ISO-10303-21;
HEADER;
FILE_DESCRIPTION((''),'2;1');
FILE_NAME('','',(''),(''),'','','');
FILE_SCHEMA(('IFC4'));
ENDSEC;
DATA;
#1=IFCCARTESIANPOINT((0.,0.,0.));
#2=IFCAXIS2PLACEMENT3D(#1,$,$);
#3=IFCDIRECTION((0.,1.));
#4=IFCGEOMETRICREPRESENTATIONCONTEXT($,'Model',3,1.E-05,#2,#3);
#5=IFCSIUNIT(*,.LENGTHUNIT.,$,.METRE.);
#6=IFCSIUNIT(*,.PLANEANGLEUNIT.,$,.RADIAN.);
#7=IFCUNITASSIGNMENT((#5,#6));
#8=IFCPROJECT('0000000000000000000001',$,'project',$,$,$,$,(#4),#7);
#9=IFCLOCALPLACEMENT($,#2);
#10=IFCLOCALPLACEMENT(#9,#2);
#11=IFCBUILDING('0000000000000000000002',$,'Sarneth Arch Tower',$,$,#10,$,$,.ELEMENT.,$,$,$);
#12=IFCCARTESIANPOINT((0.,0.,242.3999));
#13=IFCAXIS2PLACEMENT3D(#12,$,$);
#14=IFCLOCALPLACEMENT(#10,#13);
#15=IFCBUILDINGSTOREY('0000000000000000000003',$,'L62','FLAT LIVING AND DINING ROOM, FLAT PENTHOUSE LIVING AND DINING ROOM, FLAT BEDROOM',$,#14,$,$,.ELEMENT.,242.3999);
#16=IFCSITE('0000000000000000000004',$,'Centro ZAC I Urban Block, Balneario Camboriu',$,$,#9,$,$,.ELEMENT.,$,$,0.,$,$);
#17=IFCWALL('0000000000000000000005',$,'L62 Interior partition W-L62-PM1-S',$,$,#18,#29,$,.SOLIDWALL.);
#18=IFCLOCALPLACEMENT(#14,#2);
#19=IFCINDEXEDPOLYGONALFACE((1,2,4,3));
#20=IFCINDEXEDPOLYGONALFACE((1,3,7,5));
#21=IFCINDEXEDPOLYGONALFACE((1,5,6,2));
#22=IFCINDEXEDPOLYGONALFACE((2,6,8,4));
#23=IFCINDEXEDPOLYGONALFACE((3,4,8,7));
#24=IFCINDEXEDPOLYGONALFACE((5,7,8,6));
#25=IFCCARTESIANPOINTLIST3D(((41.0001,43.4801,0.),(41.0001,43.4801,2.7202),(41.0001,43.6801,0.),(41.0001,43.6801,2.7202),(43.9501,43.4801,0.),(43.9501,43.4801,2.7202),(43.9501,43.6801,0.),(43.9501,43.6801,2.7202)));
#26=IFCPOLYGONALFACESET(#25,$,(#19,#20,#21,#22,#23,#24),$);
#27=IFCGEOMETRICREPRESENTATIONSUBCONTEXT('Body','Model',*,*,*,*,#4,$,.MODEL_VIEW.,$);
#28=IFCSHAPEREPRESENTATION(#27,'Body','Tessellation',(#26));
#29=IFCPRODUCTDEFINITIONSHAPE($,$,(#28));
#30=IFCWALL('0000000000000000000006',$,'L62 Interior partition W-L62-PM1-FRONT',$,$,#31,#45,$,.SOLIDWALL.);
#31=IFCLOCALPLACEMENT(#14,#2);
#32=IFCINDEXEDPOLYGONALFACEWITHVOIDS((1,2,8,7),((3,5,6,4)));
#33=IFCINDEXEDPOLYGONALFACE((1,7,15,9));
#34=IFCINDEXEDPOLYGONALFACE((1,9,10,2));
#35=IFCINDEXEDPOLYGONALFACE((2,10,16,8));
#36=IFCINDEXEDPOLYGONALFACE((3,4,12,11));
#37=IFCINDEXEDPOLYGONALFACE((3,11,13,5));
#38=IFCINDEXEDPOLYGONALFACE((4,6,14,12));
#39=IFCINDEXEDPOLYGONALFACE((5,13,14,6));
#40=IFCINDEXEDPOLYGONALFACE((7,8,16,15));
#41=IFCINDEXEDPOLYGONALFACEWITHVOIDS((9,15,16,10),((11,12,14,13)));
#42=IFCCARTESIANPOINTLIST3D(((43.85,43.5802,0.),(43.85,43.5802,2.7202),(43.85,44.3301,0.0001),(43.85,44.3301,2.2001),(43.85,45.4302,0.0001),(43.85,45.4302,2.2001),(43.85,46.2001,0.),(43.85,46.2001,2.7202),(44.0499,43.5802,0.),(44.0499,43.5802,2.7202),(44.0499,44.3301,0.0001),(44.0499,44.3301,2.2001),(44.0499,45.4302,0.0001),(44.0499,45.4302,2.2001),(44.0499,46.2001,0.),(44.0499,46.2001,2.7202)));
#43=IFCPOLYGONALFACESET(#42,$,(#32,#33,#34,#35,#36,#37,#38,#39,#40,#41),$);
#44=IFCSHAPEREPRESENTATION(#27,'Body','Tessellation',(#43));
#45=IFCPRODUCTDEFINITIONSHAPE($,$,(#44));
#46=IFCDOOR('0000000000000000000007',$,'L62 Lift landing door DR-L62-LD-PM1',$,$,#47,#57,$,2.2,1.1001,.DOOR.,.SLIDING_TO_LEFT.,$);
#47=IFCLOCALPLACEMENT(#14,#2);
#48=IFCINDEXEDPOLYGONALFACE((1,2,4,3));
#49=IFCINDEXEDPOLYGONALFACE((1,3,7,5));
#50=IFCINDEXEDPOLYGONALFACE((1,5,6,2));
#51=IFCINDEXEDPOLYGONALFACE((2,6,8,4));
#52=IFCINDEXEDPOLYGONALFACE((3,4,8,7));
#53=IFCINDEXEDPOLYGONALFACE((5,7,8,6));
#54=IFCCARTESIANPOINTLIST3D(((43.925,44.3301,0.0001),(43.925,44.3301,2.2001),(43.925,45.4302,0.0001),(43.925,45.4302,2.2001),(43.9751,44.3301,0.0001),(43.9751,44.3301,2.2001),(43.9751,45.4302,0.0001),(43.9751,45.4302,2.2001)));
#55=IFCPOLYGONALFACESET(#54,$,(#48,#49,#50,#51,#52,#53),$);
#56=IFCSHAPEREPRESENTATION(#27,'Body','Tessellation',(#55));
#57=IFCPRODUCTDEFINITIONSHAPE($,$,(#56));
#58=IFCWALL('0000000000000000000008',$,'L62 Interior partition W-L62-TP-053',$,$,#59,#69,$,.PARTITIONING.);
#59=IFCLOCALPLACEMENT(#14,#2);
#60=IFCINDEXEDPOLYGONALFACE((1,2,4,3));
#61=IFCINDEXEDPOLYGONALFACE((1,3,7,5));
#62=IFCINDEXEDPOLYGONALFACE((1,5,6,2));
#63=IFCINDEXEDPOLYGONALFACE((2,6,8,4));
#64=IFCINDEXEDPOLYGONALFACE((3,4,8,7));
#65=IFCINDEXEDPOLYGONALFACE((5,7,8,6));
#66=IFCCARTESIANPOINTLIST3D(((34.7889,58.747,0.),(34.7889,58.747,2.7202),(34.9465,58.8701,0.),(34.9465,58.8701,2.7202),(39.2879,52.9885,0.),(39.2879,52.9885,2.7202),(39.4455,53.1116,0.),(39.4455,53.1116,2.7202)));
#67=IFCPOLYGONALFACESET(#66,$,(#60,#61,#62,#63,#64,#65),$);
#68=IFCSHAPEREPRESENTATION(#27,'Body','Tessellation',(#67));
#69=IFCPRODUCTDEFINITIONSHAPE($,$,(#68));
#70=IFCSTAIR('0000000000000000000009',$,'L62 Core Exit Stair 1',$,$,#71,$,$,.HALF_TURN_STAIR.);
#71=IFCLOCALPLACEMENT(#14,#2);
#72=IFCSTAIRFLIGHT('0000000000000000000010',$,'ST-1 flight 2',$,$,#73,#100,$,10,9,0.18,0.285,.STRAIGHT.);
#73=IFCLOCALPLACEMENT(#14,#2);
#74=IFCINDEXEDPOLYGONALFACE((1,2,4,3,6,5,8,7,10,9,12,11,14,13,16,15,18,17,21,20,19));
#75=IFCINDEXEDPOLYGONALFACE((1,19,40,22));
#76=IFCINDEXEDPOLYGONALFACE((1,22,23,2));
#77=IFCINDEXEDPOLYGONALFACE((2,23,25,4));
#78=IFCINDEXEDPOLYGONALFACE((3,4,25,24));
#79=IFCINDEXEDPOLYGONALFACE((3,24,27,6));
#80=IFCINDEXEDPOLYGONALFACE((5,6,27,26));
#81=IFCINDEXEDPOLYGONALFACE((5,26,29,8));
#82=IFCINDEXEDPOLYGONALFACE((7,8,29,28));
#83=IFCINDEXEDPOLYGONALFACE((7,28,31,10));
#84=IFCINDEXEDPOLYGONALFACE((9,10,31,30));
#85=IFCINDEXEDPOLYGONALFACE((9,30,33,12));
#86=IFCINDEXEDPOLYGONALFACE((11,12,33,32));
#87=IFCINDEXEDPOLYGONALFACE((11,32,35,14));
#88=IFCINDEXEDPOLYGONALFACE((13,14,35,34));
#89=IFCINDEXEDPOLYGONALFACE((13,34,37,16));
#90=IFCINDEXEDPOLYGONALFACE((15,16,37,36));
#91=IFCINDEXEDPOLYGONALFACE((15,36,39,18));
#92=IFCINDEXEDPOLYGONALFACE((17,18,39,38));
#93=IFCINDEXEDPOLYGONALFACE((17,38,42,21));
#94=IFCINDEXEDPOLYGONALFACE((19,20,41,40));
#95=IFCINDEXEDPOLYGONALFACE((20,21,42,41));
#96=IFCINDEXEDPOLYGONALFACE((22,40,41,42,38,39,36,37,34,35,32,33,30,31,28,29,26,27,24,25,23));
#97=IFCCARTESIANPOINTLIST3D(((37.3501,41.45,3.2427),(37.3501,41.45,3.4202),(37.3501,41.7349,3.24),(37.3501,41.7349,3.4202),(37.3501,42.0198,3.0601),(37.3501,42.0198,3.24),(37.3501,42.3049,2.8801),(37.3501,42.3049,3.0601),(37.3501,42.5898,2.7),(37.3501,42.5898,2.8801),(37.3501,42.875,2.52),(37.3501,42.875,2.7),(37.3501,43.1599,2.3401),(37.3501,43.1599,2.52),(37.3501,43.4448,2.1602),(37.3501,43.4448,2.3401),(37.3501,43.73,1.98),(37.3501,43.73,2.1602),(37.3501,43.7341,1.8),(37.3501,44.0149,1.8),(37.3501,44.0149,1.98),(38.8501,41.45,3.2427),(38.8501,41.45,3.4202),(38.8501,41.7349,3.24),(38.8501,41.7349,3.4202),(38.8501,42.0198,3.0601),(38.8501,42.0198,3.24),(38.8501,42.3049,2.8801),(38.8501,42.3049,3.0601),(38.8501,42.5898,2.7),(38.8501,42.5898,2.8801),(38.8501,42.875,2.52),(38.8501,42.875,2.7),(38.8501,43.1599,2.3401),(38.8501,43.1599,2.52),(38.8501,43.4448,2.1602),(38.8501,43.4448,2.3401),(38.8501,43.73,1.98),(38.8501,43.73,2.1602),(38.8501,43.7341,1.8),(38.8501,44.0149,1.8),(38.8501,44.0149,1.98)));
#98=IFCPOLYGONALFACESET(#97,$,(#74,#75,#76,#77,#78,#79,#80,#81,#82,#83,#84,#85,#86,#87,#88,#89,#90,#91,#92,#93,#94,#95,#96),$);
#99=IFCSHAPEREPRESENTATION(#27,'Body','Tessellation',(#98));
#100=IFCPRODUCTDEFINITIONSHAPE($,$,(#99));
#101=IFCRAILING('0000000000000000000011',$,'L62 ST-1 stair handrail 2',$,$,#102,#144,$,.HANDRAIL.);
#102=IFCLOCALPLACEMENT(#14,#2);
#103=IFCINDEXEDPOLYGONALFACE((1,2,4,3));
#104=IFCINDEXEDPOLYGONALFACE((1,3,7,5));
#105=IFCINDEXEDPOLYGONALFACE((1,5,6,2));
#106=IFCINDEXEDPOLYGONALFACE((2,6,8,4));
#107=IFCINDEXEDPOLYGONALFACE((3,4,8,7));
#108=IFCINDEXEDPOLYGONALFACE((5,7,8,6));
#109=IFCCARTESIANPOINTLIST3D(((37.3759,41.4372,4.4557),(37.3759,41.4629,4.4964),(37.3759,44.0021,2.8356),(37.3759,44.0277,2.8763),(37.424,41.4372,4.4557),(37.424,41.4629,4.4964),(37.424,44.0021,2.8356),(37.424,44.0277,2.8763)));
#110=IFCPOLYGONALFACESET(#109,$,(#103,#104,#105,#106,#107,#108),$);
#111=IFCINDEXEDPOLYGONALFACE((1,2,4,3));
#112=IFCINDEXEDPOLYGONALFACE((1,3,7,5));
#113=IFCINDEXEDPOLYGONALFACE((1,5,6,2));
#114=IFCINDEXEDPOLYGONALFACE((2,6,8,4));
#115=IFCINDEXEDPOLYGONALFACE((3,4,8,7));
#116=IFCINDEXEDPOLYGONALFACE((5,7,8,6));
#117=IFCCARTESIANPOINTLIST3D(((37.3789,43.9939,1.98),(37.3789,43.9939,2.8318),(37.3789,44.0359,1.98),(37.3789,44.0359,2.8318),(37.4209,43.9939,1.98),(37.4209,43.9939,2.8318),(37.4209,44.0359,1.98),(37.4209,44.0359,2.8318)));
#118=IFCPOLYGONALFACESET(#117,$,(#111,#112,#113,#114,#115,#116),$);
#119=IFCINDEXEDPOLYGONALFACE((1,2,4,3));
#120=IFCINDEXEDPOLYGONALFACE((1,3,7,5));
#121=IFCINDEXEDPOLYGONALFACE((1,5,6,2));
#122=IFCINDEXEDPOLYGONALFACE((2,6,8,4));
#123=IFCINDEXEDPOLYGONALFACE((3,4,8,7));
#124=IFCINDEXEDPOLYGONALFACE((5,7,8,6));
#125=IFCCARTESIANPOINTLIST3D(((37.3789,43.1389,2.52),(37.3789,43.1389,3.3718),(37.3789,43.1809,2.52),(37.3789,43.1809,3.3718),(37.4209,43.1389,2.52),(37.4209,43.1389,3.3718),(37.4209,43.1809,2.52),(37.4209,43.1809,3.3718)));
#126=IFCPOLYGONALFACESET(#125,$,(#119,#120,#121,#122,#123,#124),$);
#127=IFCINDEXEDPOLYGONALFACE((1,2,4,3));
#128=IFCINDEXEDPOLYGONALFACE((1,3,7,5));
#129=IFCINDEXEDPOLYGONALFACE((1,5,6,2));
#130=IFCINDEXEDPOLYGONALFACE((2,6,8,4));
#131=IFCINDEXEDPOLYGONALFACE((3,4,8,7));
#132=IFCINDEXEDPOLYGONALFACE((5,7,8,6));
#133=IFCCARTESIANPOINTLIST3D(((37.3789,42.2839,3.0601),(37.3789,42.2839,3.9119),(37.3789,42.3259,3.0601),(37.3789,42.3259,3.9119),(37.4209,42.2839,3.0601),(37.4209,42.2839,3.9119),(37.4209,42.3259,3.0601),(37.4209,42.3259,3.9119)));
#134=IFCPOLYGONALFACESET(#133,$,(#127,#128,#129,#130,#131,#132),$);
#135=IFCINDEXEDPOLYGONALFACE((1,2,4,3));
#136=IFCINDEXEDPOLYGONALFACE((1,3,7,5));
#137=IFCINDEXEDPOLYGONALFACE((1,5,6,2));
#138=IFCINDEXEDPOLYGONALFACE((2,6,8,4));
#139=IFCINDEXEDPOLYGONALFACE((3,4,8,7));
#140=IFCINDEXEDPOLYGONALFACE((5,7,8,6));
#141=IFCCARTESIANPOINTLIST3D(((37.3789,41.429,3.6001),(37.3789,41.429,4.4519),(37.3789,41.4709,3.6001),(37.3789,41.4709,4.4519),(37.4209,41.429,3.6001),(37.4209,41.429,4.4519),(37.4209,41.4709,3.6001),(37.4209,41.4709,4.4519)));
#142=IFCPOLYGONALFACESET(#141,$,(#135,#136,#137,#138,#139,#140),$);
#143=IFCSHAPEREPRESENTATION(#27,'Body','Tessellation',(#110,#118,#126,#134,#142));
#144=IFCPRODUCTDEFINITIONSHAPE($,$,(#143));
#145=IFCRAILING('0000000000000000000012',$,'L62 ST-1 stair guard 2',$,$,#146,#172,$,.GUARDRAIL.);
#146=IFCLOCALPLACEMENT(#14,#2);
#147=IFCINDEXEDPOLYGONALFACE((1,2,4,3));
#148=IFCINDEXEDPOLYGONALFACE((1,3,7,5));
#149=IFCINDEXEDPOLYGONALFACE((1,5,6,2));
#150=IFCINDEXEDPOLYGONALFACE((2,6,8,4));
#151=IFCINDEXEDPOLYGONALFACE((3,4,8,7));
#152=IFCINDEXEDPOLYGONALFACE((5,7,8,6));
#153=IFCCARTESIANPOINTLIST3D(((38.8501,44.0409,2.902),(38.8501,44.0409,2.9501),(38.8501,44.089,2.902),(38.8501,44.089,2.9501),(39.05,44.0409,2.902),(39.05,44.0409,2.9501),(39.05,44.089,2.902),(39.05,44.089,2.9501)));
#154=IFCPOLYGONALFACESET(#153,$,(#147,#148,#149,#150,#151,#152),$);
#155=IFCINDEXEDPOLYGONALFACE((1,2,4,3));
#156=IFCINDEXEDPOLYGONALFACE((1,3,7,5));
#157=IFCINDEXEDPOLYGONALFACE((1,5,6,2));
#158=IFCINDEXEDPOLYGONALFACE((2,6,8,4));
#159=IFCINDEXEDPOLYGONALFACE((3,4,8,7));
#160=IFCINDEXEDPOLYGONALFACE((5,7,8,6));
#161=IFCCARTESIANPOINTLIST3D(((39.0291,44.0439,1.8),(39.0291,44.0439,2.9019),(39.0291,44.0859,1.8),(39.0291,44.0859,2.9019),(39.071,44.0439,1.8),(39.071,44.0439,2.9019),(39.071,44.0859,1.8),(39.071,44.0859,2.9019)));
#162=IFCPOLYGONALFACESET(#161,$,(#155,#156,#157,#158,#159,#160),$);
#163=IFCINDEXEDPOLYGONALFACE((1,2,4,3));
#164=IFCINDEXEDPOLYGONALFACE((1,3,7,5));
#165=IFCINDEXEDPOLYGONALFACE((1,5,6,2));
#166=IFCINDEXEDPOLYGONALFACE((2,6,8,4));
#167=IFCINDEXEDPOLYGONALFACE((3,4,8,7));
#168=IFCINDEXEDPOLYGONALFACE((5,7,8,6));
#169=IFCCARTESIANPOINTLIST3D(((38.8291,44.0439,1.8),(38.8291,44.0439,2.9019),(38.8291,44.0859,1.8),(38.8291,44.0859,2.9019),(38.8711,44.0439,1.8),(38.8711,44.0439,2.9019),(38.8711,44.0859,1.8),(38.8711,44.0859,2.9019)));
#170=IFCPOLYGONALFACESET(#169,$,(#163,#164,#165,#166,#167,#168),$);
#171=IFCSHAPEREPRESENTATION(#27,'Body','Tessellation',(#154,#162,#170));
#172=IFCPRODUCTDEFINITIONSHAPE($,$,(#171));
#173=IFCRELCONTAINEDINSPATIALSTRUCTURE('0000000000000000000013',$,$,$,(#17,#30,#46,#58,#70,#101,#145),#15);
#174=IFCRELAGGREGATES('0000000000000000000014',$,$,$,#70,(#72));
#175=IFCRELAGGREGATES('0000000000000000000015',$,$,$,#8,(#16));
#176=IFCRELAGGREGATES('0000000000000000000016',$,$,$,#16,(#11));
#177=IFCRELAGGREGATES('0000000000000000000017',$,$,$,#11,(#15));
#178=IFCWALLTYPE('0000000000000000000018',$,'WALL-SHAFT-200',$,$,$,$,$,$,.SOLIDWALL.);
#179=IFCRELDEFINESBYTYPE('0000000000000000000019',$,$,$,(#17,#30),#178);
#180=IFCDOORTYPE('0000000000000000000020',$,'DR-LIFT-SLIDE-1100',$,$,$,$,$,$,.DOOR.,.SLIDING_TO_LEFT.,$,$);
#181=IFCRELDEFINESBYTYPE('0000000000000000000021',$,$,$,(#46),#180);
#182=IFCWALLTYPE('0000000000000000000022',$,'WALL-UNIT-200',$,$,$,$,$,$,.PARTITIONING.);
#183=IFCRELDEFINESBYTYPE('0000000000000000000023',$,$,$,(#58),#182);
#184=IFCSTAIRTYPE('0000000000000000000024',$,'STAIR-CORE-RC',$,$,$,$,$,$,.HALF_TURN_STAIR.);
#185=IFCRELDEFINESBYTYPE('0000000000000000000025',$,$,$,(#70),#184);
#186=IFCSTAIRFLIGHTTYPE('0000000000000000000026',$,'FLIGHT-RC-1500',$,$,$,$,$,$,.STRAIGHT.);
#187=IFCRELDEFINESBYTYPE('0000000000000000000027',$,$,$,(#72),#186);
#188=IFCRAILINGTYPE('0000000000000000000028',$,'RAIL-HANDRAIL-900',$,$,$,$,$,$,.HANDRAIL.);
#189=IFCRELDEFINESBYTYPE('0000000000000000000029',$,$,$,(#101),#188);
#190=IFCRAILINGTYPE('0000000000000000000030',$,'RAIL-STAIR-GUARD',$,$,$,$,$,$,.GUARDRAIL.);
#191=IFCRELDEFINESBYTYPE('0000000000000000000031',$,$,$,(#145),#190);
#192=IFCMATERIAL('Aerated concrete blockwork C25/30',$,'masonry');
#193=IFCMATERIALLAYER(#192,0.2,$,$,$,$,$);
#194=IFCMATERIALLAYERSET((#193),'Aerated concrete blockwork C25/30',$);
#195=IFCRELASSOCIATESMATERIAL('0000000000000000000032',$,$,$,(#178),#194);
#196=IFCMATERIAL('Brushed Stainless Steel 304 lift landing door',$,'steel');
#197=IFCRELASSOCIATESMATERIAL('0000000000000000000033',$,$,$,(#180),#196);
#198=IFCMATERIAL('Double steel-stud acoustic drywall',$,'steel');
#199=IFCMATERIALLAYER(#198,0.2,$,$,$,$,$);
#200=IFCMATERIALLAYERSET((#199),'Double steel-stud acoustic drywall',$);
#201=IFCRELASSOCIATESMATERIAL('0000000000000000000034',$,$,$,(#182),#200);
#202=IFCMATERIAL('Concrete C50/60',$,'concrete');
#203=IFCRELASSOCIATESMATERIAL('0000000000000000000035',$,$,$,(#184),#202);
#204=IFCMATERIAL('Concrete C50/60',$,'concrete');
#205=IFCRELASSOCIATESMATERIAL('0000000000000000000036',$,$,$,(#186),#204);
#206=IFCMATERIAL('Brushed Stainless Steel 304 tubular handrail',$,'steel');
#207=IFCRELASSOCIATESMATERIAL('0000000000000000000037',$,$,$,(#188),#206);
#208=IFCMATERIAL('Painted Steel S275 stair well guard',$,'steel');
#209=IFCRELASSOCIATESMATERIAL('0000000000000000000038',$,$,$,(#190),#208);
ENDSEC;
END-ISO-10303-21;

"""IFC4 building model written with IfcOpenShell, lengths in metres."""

from ifc_helpers import new_model, si_unit, direction, frame, frame_2d, origin, origin_2d, place, context, subcontext, project, spatial, polyline, rectangle, outline, extrude, material, layer, layer_set, type_object, element, fill, aggregate, save


model = new_model("IFC4")

# Units and contexts
model_context = context("Model", 3, precision=1e-05, world=origin(), true_north=direction((0.0, 1.0)))
body_context = subcontext(model_context, "Body", "Model", "MODEL_VIEW")
ifc_project = project(units=[si_unit("LENGTHUNIT", "METRE"), si_unit("PLANEANGLEUNIT", "RADIAN")], contexts=[model_context])

# Site, building, storey
site_placement = place(None, origin())
site = spatial("IfcSite", under=ifc_project, at=site_placement, Name="Centro ZAC I Urban Block, Balneario Camboriu", CompositionType="ELEMENT", RefElevation=0.0)
building_placement = place(site_placement, origin())
building = spatial("IfcBuilding", under=site, at=building_placement, Name="Sarneth Arch Tower", CompositionType="ELEMENT")
storey_placement = place(building_placement, frame((0.0, 0.0, 242.3999)))
storey = spatial("IfcBuildingStorey", under=building, at=storey_placement, Name="L62", Description="FLAT LIVING AND DINING ROOM, FLAT PENTHOUSE LIVING AND DINING ROOM, FLAT BEDROOM", CompositionType="ELEMENT", Elevation=242.3999)

# Shared definitions
ifc_material_1 = material(Name="Aerated concrete blockwork C25/30", Category="masonry")
ifc_layer_1 = layer(ifc_material_1, 0.2)
ifc_layer_set_1 = layer_set([ifc_layer_1], Name="Aerated concrete blockwork C25/30")
wall_type_1 = type_object("IfcWallType", Name="WALL-SHAFT-200", PredefinedType="SOLIDWALL", material=ifc_layer_set_1)

# Wall
wall_1_placement = place(storey_placement, frame((41.0, 43.5801, 0.0), z_axis=(0.0, 0.0, 1.0), x_axis=(1.0, 0.0, 0.0)))
element("IfcWall", 1, at=wall_1_placement, inside=storey, type_object=wall_type_1, Name="L62 Interior partition W-L62-PM1-S", PredefinedType="SOLIDWALL", context=body_context, shape_type="SweptSolid", body=[
    extrude(rectangle(XDim=2.95, YDim=0.2, at=frame_2d((1.4751, 0.0))), origin(), (0.0, 0.0, 1.0), 2.7202),
])

# Wall, opening, door
wall_2_placement = place(storey_placement, frame((43.95, 43.5801, 0.0), z_axis=(0.0, 0.0, 1.0), x_axis=(0.0, 1.0, 0.0)))
wall_2 = element("IfcWall", 2, at=wall_2_placement, inside=storey, type_object=wall_type_1, Name="L62 Interior partition W-L62-PM1-FRONT", PredefinedType="SOLIDWALL", context=body_context, shape_type="SweptSolid", body=[
    extrude(rectangle(XDim=2.6199, YDim=0.2, at=frame_2d((1.3101, 0.0))), origin(), (0.0, 0.0, 1.0), 2.7202),
])
opening_1_placement = place(wall_2_placement, frame((0.75, 0.0, 0.0)))
opening_1 = element("IfcOpeningElement", 3, at=opening_1_placement, cuts=wall_2, PredefinedType="OPENING", context=body_context, shape_type="SweptSolid", body=[
    extrude(rectangle(XDim=1.1001, YDim=2.2, at=frame_2d((0.55, 1.1001))), frame((0.0, 0.1099, 0.0), z_axis=(0.0, -1.0, 0.0), x_axis=(1.0, 0.0, 0.0)), (0.0, 0.0, 1.0), 0.22),
])
ifc_material_2 = material(Name="Brushed Stainless Steel 304 lift landing door", Category="steel")
door_type_1 = type_object("IfcDoorType", Name="DR-LIFT-SLIDE-1100", OperationType="SLIDING_TO_LEFT", PredefinedType="DOOR", material=ifc_material_2)
door_1_placement = place(opening_1_placement, origin())
door_1 = element("IfcDoor", 4, at=door_1_placement, inside=storey, type_object=door_type_1, Name="L62 Lift landing door DR-L62-LD-PM1", OperationType="SLIDING_TO_LEFT", OverallHeight=2.2, OverallWidth=1.1001, PredefinedType="DOOR", context=body_context, shape_type="SweptSolid", body=[
    extrude(rectangle(XDim=1.1001, YDim=2.2, at=frame_2d((0.55, 1.1001))), frame((0.0, 0.0249, 0.0), z_axis=(0.0, -1.0, 0.0), x_axis=(1.0, 0.0, 0.0)), (0.0, 0.0, 1.0), 0.05),
])
fill(opening_1, door_1)

# Wall
ifc_material_3 = material(Name="Double steel-stud acoustic drywall", Category="steel")
ifc_layer_2 = layer(ifc_material_3, 0.2)
ifc_layer_set_2 = layer_set([ifc_layer_2], Name="Double steel-stud acoustic drywall")
wall_type_2 = type_object("IfcWallType", Name="WALL-UNIT-200", PredefinedType="PARTITIONING", material=ifc_layer_set_2)
wall_3_placement = place(storey_placement, frame((39.3667, 53.05, 0.0), z_axis=(0.0, 0.0, 1.0), x_axis=(-0.615658, 0.788014, 0.0)))
element("IfcWall", 5, at=wall_3_placement, inside=storey, type_object=wall_type_2, Name="L62 Interior partition W-L62-TP-053", PredefinedType="PARTITIONING", context=body_context, shape_type="SweptSolid", body=[
    extrude(rectangle(XDim=7.3076, YDim=0.2, at=frame_2d((3.6538, 0.0))), origin(), (0.0, 0.0, 1.0), 2.7202),
])

# Stair, stair flight
ifc_material_4 = material(Name="Concrete C50/60", Category="concrete")
stair_type = type_object("IfcStairType", Name="STAIR-CORE-RC", PredefinedType="HALF_TURN_STAIR", material=ifc_material_4)
stair_placement = place(storey_placement, origin())
stair = element("IfcStair", 6, at=stair_placement, inside=storey, type_object=stair_type, Name="L62 Core Exit Stair 1", PredefinedType="HALF_TURN_STAIR")
ifc_material_5 = material(Name="Concrete C50/60", Category="concrete")
stair_flight_type = type_object("IfcStairFlightType", Name="FLIGHT-RC-1500", PredefinedType="STRAIGHT", material=ifc_material_5)
stair_flight_placement = place(storey_placement, frame((38.1001, 44.0149, 1.8), z_axis=(0.0, 0.0, 1.0), x_axis=(0.0, -1.0, 0.0)))
stair_flight = element("IfcStairFlight", 7, at=stair_flight_placement, type_object=stair_flight_type, Name="ST-1 flight 2", NumberOfRisers=10, NumberOfTreads=9, PredefinedType="STRAIGHT", RiserHeight=0.18, TreadLength=0.285, context=body_context, shape_type="SweptSolid", body=[
    extrude(outline(polyline([(0.0, 0.0), (0.0, 0.1799), (0.2849, 0.1799), (0.2849, 0.3601), (0.5701, 0.3601), (0.5701, 0.54), (0.855, 0.54), (0.855, 0.72), (1.1399, 0.72), (1.1399, 0.8999), (1.425, 0.8999), (1.425, 1.0801), (1.71, 1.0801), (1.71, 1.26), (1.9951, 1.26), (1.9951, 1.4399), (2.28, 1.4399), (2.28, 1.6201), (2.5649, 1.6201), (2.5649, 1.8), (2.5649, 1.4426), (0.2808, 0.0), (0.0, 0.0)])), frame((0.0, 0.75, 0.0), z_axis=(0.0, -1.0, 0.0), x_axis=(1.0, 0.0, 0.0)), (0.0, 0.0, 1.0), 1.5),
])
aggregate(stair, [stair_flight])

# Railings
ifc_material_6 = material(Name="Brushed Stainless Steel 304 tubular handrail", Category="steel")
railing_type_1 = type_object("IfcRailingType", Name="RAIL-HANDRAIL-900", PredefinedType="HANDRAIL", material=ifc_material_6)
railing_1_placement = place(storey_placement, frame((37.3999, 44.0149, 1.98)))
element("IfcRailing", 8, at=railing_1_placement, inside=storey, type_object=railing_type_1, Name="L62 ST-1 stair handrail 2", PredefinedType="HANDRAIL", context=body_context, shape_type="SweptSolid", body=[
    extrude(rectangle(XDim=0.0481, YDim=0.0481, at=origin_2d()), frame((0.0, 0.0, 0.876), z_axis=(0.0, -0.845466, 0.534029), x_axis=(1.0, 0.0, 0.0)), (0.0, 0.0, 1.0), 3.0337),
    extrude(rectangle(XDim=0.042, YDim=0.042, at=origin_2d()), origin(), (0.0, 0.0, 1.0), 0.8518),
    extrude(rectangle(XDim=0.042, YDim=0.042, at=origin_2d()), frame((0.0, -0.855, 0.54)), (0.0, 0.0, 1.0), 0.8518),
    extrude(rectangle(XDim=0.042, YDim=0.042, at=origin_2d()), frame((0.0, -1.71, 1.0801)), (0.0, 0.0, 1.0), 0.8518),
    extrude(rectangle(XDim=0.042, YDim=0.042, at=origin_2d()), frame((0.0, -2.5649, 1.6201)), (0.0, 0.0, 1.0), 0.8518),
])
ifc_material_7 = material(Name="Painted Steel S275 stair well guard", Category="steel")
railing_type_2 = type_object("IfcRailingType", Name="RAIL-STAIR-GUARD", PredefinedType="GUARDRAIL", material=ifc_material_7)
railing_2_placement = place(storey_placement, frame((39.05, 44.0649, 1.8)))
element("IfcRailing", 9, at=railing_2_placement, inside=storey, type_object=railing_type_2, Name="L62 ST-1 stair guard 2", PredefinedType="GUARDRAIL", context=body_context, shape_type="SweptSolid", body=[
    extrude(rectangle(XDim=0.0481, YDim=0.0481, at=origin_2d()), frame((0.0, 0.0, 1.126), z_axis=(-1.0, 0.0, 0.0), x_axis=(0.0, -1.0, 0.0)), (0.0, 0.0, 1.0), 0.2),
    extrude(rectangle(XDim=0.042, YDim=0.042, at=origin_2d()), origin(), (0.0, 0.0, 1.0), 1.1018),
    extrude(rectangle(XDim=0.042, YDim=0.042, at=origin_2d()), frame((-0.2, 0.0, 0.0)), (0.0, 0.0, 1.0), 1.1018),
])

save(model, "model.ifc")
